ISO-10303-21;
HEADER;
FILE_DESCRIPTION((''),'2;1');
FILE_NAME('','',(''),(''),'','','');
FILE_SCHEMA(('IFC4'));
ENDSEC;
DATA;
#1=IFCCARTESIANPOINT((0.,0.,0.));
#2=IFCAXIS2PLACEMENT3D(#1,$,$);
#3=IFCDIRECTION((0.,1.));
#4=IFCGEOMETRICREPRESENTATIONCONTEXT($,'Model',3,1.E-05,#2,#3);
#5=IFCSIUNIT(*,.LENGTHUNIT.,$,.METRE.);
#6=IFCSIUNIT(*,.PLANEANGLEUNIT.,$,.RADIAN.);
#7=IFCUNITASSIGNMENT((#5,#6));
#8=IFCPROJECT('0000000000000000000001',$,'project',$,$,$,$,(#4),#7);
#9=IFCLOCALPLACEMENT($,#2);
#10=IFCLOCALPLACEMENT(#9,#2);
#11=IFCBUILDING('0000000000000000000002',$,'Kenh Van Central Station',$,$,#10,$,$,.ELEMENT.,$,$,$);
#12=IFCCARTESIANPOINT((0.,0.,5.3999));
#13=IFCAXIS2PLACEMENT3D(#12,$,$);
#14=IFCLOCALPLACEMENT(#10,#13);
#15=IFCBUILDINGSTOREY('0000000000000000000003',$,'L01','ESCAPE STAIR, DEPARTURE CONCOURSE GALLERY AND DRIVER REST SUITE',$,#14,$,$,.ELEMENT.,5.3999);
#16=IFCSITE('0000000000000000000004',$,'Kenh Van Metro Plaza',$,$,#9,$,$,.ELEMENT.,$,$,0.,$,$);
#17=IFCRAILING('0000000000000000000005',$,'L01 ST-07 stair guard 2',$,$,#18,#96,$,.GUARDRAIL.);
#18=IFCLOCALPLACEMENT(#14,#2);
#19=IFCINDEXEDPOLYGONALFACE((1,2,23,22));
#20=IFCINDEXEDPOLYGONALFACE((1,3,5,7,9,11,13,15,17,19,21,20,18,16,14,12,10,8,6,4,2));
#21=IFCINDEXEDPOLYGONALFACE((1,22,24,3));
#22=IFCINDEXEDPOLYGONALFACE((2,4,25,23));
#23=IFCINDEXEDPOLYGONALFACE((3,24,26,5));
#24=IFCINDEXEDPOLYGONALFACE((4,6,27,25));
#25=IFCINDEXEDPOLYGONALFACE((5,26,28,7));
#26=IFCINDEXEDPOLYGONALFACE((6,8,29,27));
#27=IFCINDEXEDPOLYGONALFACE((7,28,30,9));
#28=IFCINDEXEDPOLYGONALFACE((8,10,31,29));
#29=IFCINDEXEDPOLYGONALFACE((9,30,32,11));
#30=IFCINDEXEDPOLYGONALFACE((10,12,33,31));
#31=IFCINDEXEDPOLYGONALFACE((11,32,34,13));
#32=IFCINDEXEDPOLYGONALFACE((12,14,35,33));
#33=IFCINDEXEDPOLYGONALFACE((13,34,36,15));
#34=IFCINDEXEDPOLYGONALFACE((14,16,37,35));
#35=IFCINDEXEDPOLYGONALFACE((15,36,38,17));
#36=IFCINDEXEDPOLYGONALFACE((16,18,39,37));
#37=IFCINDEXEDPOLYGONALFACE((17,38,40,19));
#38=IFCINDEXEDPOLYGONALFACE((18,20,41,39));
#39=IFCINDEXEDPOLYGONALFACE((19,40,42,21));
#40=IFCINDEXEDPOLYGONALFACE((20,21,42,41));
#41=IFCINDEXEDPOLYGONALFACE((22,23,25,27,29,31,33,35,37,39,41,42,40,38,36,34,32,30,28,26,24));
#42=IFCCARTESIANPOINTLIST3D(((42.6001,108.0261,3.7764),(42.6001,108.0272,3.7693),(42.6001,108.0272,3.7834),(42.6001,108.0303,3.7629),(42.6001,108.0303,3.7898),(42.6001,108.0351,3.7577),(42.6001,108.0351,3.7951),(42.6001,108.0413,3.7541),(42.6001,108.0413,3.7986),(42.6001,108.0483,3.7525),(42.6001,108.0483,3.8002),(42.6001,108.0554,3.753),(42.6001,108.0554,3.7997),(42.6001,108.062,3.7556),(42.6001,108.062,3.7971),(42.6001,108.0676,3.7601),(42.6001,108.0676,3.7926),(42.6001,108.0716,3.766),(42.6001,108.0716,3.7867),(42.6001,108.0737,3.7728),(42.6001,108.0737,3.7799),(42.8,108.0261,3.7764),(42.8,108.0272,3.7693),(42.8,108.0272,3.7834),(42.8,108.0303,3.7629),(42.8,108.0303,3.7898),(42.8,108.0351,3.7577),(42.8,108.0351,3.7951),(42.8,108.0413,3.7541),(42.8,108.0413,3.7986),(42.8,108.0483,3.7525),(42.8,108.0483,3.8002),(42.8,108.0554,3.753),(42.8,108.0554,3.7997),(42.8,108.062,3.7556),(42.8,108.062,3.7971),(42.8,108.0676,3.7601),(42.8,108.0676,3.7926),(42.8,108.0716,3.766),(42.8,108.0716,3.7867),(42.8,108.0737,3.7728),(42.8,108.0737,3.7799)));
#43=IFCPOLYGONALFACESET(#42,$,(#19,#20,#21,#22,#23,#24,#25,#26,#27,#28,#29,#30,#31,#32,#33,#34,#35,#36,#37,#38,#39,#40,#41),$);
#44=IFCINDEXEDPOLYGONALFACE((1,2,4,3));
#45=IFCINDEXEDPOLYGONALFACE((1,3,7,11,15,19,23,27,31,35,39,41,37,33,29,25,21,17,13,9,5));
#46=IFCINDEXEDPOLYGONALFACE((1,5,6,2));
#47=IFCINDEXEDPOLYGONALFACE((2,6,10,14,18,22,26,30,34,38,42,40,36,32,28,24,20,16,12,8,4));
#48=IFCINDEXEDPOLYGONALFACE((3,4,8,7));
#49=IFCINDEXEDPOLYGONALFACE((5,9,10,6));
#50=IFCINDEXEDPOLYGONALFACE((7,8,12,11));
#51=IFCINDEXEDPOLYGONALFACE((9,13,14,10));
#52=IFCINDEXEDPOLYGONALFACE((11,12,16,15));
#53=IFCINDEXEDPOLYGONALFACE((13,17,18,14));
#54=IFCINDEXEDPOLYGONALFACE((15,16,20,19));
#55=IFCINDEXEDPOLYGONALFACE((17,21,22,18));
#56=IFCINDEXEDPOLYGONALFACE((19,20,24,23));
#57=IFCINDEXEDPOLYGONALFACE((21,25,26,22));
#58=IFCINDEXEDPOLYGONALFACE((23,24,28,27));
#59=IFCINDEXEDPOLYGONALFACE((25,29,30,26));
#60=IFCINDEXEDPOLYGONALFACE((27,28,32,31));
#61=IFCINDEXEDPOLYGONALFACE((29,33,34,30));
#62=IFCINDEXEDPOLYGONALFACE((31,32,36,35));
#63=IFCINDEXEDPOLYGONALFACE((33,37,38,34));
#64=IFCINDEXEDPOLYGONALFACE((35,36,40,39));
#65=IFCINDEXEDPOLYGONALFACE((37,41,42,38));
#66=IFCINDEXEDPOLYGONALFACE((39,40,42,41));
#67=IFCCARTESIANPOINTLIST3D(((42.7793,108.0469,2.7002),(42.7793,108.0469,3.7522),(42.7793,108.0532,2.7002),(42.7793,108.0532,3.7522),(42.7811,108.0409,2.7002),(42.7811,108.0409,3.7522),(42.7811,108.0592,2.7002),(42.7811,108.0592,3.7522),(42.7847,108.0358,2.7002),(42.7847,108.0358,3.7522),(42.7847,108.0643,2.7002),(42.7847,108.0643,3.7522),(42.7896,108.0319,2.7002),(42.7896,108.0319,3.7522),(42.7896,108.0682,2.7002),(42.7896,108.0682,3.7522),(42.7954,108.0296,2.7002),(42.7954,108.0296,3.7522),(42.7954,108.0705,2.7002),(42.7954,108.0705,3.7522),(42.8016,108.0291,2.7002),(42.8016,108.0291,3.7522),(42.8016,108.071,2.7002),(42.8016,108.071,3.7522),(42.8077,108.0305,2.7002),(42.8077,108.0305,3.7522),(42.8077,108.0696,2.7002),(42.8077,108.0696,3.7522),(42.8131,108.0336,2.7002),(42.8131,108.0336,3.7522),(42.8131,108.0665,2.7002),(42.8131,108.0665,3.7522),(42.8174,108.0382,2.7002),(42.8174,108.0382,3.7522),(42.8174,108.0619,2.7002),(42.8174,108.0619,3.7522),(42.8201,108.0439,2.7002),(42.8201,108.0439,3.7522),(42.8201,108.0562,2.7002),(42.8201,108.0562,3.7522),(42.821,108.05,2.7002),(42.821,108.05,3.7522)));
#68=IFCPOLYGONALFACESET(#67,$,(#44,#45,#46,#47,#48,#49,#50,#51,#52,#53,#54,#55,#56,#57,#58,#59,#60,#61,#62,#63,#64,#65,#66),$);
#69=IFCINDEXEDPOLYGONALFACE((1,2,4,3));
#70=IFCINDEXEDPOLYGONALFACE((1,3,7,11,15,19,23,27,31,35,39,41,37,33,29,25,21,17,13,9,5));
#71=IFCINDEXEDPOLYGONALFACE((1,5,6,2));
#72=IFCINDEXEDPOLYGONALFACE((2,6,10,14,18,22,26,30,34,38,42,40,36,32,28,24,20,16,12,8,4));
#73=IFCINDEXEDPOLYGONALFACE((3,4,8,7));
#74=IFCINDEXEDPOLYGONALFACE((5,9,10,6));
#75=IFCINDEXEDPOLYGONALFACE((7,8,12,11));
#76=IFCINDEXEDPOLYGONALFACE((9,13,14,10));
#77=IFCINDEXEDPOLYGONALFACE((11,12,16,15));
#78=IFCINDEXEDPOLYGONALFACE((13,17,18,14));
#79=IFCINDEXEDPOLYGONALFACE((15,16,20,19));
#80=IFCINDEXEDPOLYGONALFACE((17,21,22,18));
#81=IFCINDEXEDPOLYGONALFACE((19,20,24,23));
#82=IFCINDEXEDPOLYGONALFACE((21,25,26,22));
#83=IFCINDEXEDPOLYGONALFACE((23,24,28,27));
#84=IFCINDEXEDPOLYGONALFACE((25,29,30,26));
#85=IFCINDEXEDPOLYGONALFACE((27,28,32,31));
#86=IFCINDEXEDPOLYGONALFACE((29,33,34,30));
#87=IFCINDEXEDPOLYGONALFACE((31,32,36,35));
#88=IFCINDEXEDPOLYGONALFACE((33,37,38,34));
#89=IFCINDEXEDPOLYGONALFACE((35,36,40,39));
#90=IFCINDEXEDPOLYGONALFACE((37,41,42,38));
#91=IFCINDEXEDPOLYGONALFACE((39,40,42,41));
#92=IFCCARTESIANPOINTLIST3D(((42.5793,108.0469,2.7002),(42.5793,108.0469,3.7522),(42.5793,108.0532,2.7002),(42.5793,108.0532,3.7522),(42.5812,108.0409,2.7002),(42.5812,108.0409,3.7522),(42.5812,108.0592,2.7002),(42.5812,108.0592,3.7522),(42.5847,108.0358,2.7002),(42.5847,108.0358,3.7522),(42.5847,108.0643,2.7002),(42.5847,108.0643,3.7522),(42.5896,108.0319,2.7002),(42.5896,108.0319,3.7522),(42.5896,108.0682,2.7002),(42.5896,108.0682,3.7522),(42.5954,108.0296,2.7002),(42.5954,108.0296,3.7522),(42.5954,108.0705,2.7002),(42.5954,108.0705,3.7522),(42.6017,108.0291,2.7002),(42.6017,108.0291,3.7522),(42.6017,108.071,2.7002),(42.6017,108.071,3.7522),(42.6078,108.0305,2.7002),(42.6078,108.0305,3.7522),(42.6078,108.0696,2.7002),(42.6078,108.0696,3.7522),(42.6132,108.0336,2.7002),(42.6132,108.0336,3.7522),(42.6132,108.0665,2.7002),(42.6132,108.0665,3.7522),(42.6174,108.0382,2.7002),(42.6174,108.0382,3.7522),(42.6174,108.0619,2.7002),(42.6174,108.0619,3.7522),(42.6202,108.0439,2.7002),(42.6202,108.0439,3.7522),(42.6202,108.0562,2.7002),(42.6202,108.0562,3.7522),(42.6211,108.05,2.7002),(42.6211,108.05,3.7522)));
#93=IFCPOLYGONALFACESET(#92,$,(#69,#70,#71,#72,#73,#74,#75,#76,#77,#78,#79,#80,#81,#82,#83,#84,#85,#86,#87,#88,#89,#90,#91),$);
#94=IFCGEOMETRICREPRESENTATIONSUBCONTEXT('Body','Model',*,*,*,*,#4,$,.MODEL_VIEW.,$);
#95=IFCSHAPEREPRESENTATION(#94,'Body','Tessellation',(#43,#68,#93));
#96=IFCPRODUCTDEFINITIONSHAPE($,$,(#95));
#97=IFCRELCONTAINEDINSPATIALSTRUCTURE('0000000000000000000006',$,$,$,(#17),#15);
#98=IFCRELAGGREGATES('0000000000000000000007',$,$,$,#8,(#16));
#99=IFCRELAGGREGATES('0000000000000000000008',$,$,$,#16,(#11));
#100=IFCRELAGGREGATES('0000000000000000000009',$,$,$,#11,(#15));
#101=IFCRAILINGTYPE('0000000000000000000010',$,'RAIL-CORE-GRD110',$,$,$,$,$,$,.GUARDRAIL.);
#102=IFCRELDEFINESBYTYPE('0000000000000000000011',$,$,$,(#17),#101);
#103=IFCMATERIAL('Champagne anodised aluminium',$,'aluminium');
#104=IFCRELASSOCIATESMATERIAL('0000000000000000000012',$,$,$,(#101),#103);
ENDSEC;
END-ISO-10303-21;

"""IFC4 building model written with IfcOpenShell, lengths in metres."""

from ifc_helpers import new_model, si_unit, direction, frame, origin, origin_2d, place, context, subcontext, project, spatial, circle, extrude, material, type_object, element, save


model = new_model("IFC4")

# Units and contexts
model_context = context("Model", 3, precision=1e-05, world=origin(), true_north=direction((0.0, 1.0)))
body_context = subcontext(model_context, "Body", "Model", "MODEL_VIEW")
ifc_project = project(units=[si_unit("LENGTHUNIT", "METRE"), si_unit("PLANEANGLEUNIT", "RADIAN")], contexts=[model_context])

# Site, building, storey
site_placement = place(None, origin())
site = spatial("IfcSite", under=ifc_project, at=site_placement, Name="Kenh Van Metro Plaza", CompositionType="ELEMENT", RefElevation=0.0)
building_placement = place(site_placement, origin())
building = spatial("IfcBuilding", under=site, at=building_placement, Name="Kenh Van Central Station", CompositionType="ELEMENT")
storey_placement = place(building_placement, frame((0.0, 0.0, 5.3999)))
storey = spatial("IfcBuildingStorey", under=building, at=storey_placement, Name="L01", Description="ESCAPE STAIR, DEPARTURE CONCOURSE GALLERY AND DRIVER REST SUITE", CompositionType="ELEMENT", Elevation=5.3999)

# Shared definitions
ifc_material_1 = material(Name="Champagne anodised aluminium", Category="aluminium")

# Railing
railing_type_1 = type_object("IfcRailingType", Name="RAIL-CORE-GRD110", PredefinedType="GUARDRAIL", material=ifc_material_1)
railing_1_placement = place(storey_placement, frame((42.8, 108.05, 2.7002)))
element("IfcRailing", 1, at=railing_1_placement, inside=storey, type_object=railing_type_1, Name="L01 ST-07 stair guard 2", PredefinedType="GUARDRAIL", context=body_context, shape_type="SweptSolid", body=[
    extrude(circle(Radius=0.0239, at=origin_2d()), frame((0.0, 0.0, 1.0762), z_axis=(-1.0, 0.0, 0.0), x_axis=(0.0, -1.0, 0.0)), (0.0, 0.0, 1.0), 0.2),
    extrude(circle(Radius=0.021, at=origin_2d()), origin(), (0.0, 0.0, 1.0), 1.052),
    extrude(circle(Radius=0.021, at=origin_2d()), frame((-0.2, 0.0, 0.0)), (0.0, 0.0, 1.0), 1.052),
])

save(model, "model.ifc")
